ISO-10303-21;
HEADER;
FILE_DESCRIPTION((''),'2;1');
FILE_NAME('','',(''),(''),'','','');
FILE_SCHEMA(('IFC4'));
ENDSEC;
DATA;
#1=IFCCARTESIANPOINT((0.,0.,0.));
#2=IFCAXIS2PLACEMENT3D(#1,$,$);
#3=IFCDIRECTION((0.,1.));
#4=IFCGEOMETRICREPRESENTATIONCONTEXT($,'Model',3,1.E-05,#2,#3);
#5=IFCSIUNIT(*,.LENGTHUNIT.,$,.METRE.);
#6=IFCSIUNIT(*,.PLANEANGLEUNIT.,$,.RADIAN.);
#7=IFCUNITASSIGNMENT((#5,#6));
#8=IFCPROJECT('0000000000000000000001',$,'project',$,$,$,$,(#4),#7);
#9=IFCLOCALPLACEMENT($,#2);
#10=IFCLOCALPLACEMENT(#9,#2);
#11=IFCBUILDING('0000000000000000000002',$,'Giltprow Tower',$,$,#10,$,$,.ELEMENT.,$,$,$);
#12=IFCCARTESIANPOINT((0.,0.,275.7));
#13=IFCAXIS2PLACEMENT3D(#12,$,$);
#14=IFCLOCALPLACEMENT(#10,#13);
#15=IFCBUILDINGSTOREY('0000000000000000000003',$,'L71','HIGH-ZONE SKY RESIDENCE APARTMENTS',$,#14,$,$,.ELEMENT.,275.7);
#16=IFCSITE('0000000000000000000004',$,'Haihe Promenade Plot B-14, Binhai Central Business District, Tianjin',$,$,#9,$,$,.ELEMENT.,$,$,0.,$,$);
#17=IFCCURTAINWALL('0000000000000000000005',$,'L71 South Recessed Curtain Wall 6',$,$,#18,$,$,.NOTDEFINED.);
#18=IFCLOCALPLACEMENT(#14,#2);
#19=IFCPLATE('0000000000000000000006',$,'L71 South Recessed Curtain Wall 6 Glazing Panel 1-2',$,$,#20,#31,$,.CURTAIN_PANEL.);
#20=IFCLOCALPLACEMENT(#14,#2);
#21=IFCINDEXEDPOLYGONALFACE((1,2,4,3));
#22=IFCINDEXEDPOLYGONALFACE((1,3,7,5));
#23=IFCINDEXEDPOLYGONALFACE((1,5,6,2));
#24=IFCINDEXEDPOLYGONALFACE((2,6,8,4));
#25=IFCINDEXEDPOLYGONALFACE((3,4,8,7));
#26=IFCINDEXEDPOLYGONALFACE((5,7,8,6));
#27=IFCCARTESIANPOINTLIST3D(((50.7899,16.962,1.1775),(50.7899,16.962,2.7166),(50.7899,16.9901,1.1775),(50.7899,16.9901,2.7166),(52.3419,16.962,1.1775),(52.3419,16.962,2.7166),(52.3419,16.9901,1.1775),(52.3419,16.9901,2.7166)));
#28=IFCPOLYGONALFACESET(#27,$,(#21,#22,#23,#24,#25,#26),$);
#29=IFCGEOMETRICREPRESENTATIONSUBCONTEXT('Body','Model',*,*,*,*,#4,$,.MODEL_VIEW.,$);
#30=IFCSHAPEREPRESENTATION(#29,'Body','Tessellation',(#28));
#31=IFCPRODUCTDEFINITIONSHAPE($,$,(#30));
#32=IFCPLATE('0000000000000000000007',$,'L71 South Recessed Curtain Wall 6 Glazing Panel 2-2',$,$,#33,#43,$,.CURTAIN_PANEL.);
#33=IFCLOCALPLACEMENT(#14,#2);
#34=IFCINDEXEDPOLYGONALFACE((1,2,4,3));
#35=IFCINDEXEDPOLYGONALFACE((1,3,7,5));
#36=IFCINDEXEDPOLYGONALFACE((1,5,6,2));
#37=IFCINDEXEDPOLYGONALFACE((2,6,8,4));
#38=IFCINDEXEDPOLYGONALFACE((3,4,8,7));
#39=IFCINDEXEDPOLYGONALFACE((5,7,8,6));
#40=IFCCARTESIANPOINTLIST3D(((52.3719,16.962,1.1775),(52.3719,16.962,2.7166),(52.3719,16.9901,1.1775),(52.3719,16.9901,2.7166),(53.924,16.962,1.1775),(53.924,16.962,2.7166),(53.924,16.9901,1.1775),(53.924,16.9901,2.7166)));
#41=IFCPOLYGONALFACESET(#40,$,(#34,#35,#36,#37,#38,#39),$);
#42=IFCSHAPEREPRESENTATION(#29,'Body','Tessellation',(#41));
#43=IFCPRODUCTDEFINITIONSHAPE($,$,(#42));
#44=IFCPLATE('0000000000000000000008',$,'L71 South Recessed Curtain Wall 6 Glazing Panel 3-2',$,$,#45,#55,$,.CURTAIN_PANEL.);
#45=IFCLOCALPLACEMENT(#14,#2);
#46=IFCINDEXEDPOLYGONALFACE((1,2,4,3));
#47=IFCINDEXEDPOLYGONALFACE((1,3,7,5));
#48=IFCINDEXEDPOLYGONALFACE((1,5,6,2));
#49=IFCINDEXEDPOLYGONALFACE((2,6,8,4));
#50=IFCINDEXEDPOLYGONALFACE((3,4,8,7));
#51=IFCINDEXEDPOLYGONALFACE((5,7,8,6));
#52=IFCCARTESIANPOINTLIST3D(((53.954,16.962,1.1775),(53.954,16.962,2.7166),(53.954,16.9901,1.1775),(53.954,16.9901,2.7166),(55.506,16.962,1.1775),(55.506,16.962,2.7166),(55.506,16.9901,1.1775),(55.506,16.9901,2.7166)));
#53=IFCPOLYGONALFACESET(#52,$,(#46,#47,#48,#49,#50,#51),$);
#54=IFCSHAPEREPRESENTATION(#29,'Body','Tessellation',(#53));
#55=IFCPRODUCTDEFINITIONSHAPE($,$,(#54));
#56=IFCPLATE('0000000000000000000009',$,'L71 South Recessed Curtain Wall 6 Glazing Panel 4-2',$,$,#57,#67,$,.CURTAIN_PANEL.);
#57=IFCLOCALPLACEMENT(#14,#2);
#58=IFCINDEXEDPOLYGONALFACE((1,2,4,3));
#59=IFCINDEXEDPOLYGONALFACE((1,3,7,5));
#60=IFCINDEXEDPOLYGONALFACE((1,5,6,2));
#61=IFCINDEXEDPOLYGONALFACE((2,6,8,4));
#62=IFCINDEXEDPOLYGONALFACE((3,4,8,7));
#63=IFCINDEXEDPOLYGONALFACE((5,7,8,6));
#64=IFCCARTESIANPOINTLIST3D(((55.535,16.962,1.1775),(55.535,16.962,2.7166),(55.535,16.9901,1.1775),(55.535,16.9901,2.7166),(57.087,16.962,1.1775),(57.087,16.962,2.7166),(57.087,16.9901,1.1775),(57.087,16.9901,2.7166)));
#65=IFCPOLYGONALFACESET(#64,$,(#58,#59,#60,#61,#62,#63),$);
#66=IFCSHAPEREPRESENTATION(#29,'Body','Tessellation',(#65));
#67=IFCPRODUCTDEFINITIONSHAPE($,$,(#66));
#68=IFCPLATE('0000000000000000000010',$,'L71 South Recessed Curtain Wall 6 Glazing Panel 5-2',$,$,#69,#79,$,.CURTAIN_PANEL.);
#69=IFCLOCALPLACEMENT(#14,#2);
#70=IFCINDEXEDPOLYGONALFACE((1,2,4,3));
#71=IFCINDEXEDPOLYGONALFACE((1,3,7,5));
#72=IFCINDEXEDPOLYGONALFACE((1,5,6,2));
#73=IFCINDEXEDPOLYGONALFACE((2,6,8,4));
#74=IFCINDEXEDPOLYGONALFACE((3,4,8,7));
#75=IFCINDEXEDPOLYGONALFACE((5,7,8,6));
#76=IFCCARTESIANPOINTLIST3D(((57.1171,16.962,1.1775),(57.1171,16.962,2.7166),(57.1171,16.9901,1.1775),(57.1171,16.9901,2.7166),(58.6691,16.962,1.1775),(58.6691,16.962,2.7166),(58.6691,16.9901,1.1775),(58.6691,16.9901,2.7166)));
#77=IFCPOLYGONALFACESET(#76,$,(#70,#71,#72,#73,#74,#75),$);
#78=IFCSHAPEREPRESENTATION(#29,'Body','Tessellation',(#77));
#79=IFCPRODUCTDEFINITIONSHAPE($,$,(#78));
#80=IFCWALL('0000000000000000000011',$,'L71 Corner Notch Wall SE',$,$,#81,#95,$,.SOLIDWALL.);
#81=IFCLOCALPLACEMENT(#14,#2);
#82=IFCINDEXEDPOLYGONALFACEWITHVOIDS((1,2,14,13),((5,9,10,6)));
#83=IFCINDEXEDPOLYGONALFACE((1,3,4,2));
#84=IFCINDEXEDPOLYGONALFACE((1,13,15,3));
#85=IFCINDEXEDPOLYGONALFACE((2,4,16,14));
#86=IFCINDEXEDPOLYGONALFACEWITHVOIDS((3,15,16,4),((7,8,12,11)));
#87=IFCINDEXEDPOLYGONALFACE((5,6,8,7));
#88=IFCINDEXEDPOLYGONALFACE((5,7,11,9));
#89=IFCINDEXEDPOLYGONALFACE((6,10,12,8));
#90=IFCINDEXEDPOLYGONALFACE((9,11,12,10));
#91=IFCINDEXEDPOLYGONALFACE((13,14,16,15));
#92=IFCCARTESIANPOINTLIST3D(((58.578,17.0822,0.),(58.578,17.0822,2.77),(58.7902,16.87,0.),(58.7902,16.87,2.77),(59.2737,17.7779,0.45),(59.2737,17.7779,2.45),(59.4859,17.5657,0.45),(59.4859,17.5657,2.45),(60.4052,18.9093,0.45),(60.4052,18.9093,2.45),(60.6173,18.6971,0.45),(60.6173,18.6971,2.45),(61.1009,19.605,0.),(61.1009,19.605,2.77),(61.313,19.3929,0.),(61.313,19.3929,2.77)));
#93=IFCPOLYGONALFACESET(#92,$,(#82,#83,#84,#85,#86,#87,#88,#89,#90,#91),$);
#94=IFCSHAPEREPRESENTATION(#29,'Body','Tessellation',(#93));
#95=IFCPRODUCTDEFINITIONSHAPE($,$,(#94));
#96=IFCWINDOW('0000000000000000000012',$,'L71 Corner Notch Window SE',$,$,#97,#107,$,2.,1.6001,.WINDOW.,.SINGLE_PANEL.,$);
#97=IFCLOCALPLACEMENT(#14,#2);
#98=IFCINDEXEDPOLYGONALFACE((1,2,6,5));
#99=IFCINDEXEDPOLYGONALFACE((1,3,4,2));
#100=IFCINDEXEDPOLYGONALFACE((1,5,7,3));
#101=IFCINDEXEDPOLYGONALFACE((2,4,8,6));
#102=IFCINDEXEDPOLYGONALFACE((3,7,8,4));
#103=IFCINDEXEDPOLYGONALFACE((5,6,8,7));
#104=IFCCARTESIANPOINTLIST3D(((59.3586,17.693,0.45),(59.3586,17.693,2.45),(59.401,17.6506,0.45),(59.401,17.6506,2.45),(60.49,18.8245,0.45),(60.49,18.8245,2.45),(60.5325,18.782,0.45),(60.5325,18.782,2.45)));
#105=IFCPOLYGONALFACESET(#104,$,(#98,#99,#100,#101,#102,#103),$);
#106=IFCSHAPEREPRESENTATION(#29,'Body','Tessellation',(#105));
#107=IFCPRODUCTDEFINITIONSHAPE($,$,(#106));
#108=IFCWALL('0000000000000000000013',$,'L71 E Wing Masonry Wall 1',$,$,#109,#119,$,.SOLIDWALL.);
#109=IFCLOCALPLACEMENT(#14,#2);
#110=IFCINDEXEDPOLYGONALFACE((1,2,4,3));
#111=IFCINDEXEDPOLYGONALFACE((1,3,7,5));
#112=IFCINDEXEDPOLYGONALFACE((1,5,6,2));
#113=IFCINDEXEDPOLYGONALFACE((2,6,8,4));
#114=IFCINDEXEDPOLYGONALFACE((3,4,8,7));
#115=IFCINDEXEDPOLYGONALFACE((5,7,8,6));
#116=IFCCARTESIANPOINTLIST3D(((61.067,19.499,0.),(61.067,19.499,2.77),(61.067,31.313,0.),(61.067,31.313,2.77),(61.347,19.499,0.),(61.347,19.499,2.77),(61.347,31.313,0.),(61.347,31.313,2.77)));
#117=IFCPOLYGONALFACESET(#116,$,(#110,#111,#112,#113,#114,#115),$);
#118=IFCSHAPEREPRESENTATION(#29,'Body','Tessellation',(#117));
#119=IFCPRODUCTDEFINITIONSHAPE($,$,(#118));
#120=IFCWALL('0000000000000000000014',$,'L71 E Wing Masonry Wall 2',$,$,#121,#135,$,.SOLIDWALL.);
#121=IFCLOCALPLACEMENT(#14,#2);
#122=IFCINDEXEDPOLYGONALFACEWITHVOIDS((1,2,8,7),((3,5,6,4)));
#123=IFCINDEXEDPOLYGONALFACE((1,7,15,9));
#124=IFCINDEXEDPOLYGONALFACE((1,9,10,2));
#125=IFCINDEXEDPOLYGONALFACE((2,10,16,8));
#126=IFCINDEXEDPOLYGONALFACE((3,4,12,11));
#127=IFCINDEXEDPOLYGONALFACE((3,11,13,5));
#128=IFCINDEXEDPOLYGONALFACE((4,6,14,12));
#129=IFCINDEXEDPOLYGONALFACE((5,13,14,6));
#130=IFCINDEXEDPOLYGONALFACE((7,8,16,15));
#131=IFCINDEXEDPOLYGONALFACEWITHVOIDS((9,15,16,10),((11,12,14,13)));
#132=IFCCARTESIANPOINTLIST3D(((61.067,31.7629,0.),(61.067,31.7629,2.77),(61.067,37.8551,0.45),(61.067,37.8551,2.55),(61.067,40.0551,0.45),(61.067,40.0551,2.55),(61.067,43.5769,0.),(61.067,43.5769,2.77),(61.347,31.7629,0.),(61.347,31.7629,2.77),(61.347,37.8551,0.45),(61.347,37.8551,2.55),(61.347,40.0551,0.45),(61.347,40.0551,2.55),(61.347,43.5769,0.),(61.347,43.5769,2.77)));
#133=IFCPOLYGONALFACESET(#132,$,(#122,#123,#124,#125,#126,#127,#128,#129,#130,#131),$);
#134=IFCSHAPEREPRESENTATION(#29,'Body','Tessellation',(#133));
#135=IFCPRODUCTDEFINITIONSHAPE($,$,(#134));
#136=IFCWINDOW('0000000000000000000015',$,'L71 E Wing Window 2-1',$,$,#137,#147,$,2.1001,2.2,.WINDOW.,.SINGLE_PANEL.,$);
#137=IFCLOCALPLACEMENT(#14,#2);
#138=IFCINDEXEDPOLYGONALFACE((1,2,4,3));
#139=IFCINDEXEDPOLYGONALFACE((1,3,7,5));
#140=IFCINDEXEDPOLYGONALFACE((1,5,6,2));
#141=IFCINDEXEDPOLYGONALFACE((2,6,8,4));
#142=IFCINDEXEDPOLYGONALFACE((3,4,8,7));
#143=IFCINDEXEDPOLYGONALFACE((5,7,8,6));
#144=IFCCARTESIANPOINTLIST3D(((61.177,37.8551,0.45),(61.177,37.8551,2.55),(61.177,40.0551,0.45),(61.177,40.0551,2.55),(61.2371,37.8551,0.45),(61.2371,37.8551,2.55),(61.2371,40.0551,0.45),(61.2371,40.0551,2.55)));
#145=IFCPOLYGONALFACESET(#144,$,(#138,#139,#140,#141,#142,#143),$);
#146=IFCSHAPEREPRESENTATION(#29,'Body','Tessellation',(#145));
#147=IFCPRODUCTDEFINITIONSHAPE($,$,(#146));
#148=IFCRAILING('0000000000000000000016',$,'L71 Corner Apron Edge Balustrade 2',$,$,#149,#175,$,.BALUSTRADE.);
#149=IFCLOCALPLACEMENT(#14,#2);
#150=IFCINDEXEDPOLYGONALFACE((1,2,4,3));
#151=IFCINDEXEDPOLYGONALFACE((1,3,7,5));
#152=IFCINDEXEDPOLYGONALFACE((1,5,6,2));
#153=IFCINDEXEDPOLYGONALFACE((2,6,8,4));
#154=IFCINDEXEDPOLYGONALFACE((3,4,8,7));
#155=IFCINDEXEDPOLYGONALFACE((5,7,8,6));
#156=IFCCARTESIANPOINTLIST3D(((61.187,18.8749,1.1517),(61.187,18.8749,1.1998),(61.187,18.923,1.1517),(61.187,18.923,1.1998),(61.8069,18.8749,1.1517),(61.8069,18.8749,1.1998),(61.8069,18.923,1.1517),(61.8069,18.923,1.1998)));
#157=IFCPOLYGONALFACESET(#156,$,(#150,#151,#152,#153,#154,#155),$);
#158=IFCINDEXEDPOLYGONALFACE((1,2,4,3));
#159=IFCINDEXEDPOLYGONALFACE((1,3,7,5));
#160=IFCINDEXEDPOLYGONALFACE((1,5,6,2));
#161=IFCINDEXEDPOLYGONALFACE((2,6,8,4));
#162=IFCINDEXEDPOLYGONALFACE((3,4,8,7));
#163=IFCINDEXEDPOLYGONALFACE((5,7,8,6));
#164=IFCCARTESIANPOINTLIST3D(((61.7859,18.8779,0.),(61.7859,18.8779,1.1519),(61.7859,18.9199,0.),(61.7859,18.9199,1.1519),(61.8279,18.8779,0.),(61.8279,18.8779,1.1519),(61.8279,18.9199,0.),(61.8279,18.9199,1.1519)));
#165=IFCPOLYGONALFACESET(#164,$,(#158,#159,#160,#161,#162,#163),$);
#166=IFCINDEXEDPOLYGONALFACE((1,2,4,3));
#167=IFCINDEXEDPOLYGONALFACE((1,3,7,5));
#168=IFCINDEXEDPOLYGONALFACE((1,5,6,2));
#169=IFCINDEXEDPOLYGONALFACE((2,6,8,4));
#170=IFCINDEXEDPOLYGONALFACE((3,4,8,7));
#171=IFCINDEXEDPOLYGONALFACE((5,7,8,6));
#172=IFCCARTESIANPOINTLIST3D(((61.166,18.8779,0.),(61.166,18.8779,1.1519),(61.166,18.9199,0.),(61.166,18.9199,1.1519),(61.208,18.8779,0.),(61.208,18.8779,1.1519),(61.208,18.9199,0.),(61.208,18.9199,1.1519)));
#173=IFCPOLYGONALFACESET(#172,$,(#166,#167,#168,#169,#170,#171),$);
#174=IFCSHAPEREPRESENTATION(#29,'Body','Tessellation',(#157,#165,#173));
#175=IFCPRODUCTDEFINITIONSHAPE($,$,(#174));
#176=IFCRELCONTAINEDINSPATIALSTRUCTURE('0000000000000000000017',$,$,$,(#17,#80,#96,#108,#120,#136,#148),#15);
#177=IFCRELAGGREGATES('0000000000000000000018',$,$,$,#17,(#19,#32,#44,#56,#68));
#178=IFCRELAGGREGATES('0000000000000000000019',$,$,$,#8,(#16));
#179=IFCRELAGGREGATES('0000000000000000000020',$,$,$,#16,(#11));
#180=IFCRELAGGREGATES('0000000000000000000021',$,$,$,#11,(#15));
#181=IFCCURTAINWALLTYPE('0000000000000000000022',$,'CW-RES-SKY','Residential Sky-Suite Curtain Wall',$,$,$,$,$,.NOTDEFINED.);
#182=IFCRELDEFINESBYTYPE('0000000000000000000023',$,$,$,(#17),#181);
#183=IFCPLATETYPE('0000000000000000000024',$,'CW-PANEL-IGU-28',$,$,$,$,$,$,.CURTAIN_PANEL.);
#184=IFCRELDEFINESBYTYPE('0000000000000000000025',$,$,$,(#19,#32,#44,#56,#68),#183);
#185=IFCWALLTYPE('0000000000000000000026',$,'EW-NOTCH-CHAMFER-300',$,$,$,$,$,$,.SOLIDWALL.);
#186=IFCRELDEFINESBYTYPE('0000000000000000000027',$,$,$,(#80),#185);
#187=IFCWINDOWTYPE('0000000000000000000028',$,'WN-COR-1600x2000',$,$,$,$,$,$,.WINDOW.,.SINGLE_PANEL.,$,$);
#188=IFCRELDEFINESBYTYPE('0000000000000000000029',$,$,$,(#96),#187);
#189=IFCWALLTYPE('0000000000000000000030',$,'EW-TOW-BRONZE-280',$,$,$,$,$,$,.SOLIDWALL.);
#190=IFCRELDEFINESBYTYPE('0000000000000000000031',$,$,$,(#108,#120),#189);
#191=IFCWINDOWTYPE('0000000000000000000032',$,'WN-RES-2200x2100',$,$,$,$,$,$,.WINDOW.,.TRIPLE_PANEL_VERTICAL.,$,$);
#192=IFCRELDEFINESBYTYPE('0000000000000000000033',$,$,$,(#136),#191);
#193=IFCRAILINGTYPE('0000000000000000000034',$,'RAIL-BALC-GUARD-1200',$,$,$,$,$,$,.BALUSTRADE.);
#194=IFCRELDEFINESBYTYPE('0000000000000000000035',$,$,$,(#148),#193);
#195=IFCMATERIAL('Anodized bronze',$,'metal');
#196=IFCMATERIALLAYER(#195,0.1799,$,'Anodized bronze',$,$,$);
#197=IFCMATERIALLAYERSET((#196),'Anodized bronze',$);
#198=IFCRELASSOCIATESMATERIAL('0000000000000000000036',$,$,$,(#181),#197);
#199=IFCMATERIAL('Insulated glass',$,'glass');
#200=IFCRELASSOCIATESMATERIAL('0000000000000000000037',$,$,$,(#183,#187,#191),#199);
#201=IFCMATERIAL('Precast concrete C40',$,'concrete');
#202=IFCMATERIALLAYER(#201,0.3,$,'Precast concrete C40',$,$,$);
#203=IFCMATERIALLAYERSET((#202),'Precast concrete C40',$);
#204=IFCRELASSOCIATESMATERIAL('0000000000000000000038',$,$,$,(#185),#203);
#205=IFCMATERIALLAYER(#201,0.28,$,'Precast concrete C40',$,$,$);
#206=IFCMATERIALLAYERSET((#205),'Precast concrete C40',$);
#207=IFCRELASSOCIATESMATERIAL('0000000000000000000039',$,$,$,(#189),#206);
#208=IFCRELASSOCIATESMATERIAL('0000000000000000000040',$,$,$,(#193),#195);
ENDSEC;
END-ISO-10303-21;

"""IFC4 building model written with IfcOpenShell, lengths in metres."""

from ifc_helpers import new_model, si_unit, direction, frame, frame_2d, origin, origin_2d, place, context, subcontext, project, spatial, rectangle, extrude, source, transform, mapped, material, layer, layer_set, type_object, element, fill, aggregate, save


model = new_model("IFC4")

# Units and contexts
model_context = context("Model", 3, precision=1e-05, world=origin(), true_north=direction((0.0, 1.0)))
body_context = subcontext(model_context, "Body", "Model", "MODEL_VIEW")
ifc_project = project(units=[si_unit("LENGTHUNIT", "METRE"), si_unit("PLANEANGLEUNIT", "RADIAN")], contexts=[model_context])

# Site, building, storey
site_placement = place(None, origin())
site = spatial("IfcSite", under=ifc_project, at=site_placement, Name="Haihe Promenade Plot B-14, Binhai Central Business District, Tianjin", CompositionType="ELEMENT", RefElevation=0.0)
building_placement = place(site_placement, origin())
building = spatial("IfcBuilding", under=site, at=building_placement, Name="Giltprow Tower", CompositionType="ELEMENT")
storey_placement = place(building_placement, frame((0.0, 0.0, 275.7)))
storey = spatial("IfcBuildingStorey", under=building, at=storey_placement, Name="L71", Description="HIGH-ZONE SKY RESIDENCE APARTMENTS", CompositionType="ELEMENT", Elevation=275.7)

# Curtain wall
ifc_material_1 = material(Name="Anodized bronze", Category="metal")
ifc_layer_1 = layer(ifc_material_1, 0.1799, Name="Anodized bronze")
ifc_layer_set_1 = layer_set([ifc_layer_1], Name="Anodized bronze")
curtain_wall_type = type_object("IfcCurtainWallType", Name="CW-RES-SKY", Description="Residential Sky-Suite Curtain Wall", PredefinedType="NOTDEFINED", material=ifc_layer_set_1)
curtain_wall_placement = place(storey_placement, origin())
curtain_wall = element("IfcCurtainWall", 1, at=curtain_wall_placement, inside=storey, type_object=curtain_wall_type, Name="L71 South Recessed Curtain Wall 6", PredefinedType="NOTDEFINED")

# Plates
ifc_material_2 = material(Name="Insulated glass", Category="glass")
plate_type_1 = type_object("IfcPlateType", Name="CW-PANEL-IGU-28", PredefinedType="CURTAIN_PANEL", material=ifc_material_2)
shared_shape_1 = source(origin(), body_context, "Body", "SweptSolid", [
    extrude(rectangle(XDim=1.552, YDim=0.0281, at=origin_2d()), origin(), (0.0, 0.0, 1.0), 1.5391),
])
plate_1_placement = place(storey_placement, frame((51.5659, 16.9761, 1.1775), z_axis=(0.0, 0.0, 1.0), x_axis=(1.0, 0.0, 0.0)))
plate_1 = element("IfcPlate", 2, at=plate_1_placement, type_object=plate_type_1, Name="L71 South Recessed Curtain Wall 6 Glazing Panel 1-2", PredefinedType="CURTAIN_PANEL", context=body_context, shape_type="MappedRepresentation", body=[
    mapped(shared_shape_1, transform((0.0, 0.0, 0.0), x_axis=(1.0, 0.0, 0.0), y_axis=(0.0, 1.0, 0.0), z_axis=(0.0, 0.0, 1.0), scale=1.0)),
])
plate_2_placement = place(storey_placement, frame((53.1479, 16.9761, 1.1775), z_axis=(0.0, 0.0, 1.0), x_axis=(1.0, 0.0, 0.0)))
plate_2 = element("IfcPlate", 3, at=plate_2_placement, type_object=plate_type_1, Name="L71 South Recessed Curtain Wall 6 Glazing Panel 2-2", PredefinedType="CURTAIN_PANEL", context=body_context, shape_type="MappedRepresentation", body=[
    mapped(shared_shape_1, transform((0.0, 0.0, 0.0), x_axis=(1.0, 0.0, 0.0), y_axis=(0.0, 1.0, 0.0), z_axis=(0.0, 0.0, 1.0), scale=1.0)),
])
plate_3_placement = place(storey_placement, frame((54.73, 16.9761, 1.1775), z_axis=(0.0, 0.0, 1.0), x_axis=(1.0, 0.0, 0.0)))
plate_3 = element("IfcPlate", 4, at=plate_3_placement, type_object=plate_type_1, Name="L71 South Recessed Curtain Wall 6 Glazing Panel 3-2", PredefinedType="CURTAIN_PANEL", context=body_context, shape_type="MappedRepresentation", body=[
    mapped(shared_shape_1, transform((0.0, 0.0, 0.0), x_axis=(1.0, 0.0, 0.0), y_axis=(0.0, 1.0, 0.0), z_axis=(0.0, 0.0, 1.0), scale=1.0)),
])
plate_4_placement = place(storey_placement, frame((56.311, 16.9761, 1.1775), z_axis=(0.0, 0.0, 1.0), x_axis=(1.0, 0.0, 0.0)))
plate_4 = element("IfcPlate", 5, at=plate_4_placement, type_object=plate_type_1, Name="L71 South Recessed Curtain Wall 6 Glazing Panel 4-2", PredefinedType="CURTAIN_PANEL", context=body_context, shape_type="MappedRepresentation", body=[
    mapped(shared_shape_1, transform((0.0, 0.0, 0.0), x_axis=(1.0, 0.0, 0.0), y_axis=(0.0, 1.0, 0.0), z_axis=(0.0, 0.0, 1.0), scale=1.0)),
])
plate_5_placement = place(storey_placement, frame((57.8931, 16.9761, 1.1775), z_axis=(0.0, 0.0, 1.0), x_axis=(1.0, 0.0, 0.0)))
plate_5 = element("IfcPlate", 6, at=plate_5_placement, type_object=plate_type_1, Name="L71 South Recessed Curtain Wall 6 Glazing Panel 5-2", PredefinedType="CURTAIN_PANEL", context=body_context, shape_type="MappedRepresentation", body=[
    mapped(shared_shape_1, transform((0.0, 0.0, 0.0), x_axis=(1.0, 0.0, 0.0), y_axis=(0.0, 1.0, 0.0), z_axis=(0.0, 0.0, 1.0), scale=1.0)),
])
aggregate(curtain_wall, [plate_1, plate_2, plate_3, plate_4, plate_5])

# Wall, opening, window
ifc_material_3 = material(Name="Precast concrete C40", Category="concrete")
ifc_layer_2 = layer(ifc_material_3, 0.3, Name="Precast concrete C40")
ifc_layer_set_2 = layer_set([ifc_layer_2], Name="Precast concrete C40")
wall_type_1 = type_object("IfcWallType", Name="EW-NOTCH-CHAMFER-300", PredefinedType="SOLIDWALL", material=ifc_layer_set_2)
wall_1_placement = place(storey_placement, frame((58.6841, 16.9761, 0.0), z_axis=(0.0, 0.0, 1.0), x_axis=(0.707107, 0.707107, 0.0)))
wall_1 = element("IfcWall", 7, at=wall_1_placement, inside=storey, type_object=wall_type_1, Name="L71 Corner Notch Wall SE", PredefinedType="SOLIDWALL", context=body_context, shape_type="SweptSolid", body=[
    extrude(rectangle(XDim=3.5679, YDim=0.3, at=frame_2d((1.7839, 0.0))), origin(), (0.0, 0.0, 1.0), 2.77),
])
opening_1_placement = place(wall_1_placement, frame((0.9839, 0.0, 0.45)))
opening_1 = element("IfcOpeningElement", 8, at=opening_1_placement, cuts=wall_1, PredefinedType="OPENING", context=body_context, shape_type="SweptSolid", body=[
    extrude(rectangle(XDim=1.6001, YDim=2.0, at=frame_2d((0.8, 1.0))), frame((0.0, 0.1599, 0.0), z_axis=(0.0, -1.0, 0.0), x_axis=(1.0, 0.0, 0.0)), (0.0, 0.0, 1.0), 0.3201),
])
window_type_1 = type_object("IfcWindowType", Name="WN-COR-1600x2000", PartitioningType="SINGLE_PANEL", PredefinedType="WINDOW", material=ifc_material_2)
shared_shape_2 = source(origin(), body_context, "Body", "SweptSolid", [
    extrude(rectangle(XDim=1.6001, YDim=2.0, at=frame_2d((0.8, 1.0))), frame((0.0, 0.03, 0.0), z_axis=(0.0, -1.0, 0.0), x_axis=(1.0, 0.0, 0.0)), (0.0, 0.0, 1.0), 0.0601),
])
window_1_placement = place(opening_1_placement, origin())
window_1 = element("IfcWindow", 9, at=window_1_placement, inside=storey, type_object=window_type_1, Name="L71 Corner Notch Window SE", OverallHeight=2.0, OverallWidth=1.6001, PartitioningType="SINGLE_PANEL", PredefinedType="WINDOW", context=body_context, shape_type="MappedRepresentation", body=[
    mapped(shared_shape_2, transform((0.0, 0.0, 0.0), x_axis=(1.0, 0.0, 0.0), y_axis=(0.0, 1.0, 0.0), z_axis=(0.0, 0.0, 1.0), scale=1.0)),
])
fill(opening_1, window_1)

# Wall
ifc_layer_3 = layer(ifc_material_3, 0.28, Name="Precast concrete C40")
ifc_layer_set_3 = layer_set([ifc_layer_3], Name="Precast concrete C40")
wall_type_2 = type_object("IfcWallType", Name="EW-TOW-BRONZE-280", PredefinedType="SOLIDWALL", material=ifc_layer_set_3)
wall_2_placement = place(storey_placement, frame((61.207, 19.499, 0.0), z_axis=(0.0, 0.0, 1.0), x_axis=(0.0, 1.0, 0.0)))
element("IfcWall", 10, at=wall_2_placement, inside=storey, type_object=wall_type_2, Name="L71 E Wing Masonry Wall 1", PredefinedType="SOLIDWALL", context=body_context, shape_type="SweptSolid", body=[
    extrude(rectangle(XDim=11.814, YDim=0.28, at=frame_2d((5.907, 0.0))), origin(), (0.0, 0.0, 1.0), 2.77),
])

# Wall, opening, window
wall_3_placement = place(storey_placement, frame((61.207, 31.7629, 0.0), z_axis=(0.0, 0.0, 1.0), x_axis=(0.0, 1.0, 0.0)))
wall_3 = element("IfcWall", 11, at=wall_3_placement, inside=storey, type_object=wall_type_2, Name="L71 E Wing Masonry Wall 2", PredefinedType="SOLIDWALL", context=body_context, shape_type="SweptSolid", body=[
    extrude(rectangle(XDim=11.814, YDim=0.28, at=frame_2d((5.907, 0.0))), origin(), (0.0, 0.0, 1.0), 2.77),
])
opening_2_placement = place(wall_3_placement, frame((6.092, 0.0, 0.45)))
opening_2 = element("IfcOpeningElement", 12, at=opening_2_placement, cuts=wall_3, PredefinedType="OPENING", context=body_context, shape_type="SweptSolid", body=[
    extrude(rectangle(XDim=2.2, YDim=2.1001, at=frame_2d((1.1001, 1.05))), frame((0.0, 0.1499, 0.0), z_axis=(0.0, -1.0, 0.0), x_axis=(1.0, 0.0, 0.0)), (0.0, 0.0, 1.0), 0.3),
])
window_type_2 = type_object("IfcWindowType", Name="WN-RES-2200x2100", PartitioningType="TRIPLE_PANEL_VERTICAL", PredefinedType="WINDOW", material=ifc_material_2)
shared_shape_3 = source(origin(), body_context, "Body", "SweptSolid", [
    extrude(rectangle(XDim=2.2, YDim=2.1001, at=frame_2d((1.1001, 1.05))), frame((0.0, 0.03, 0.0), z_axis=(0.0, -1.0, 0.0), x_axis=(1.0, 0.0, 0.0)), (0.0, 0.0, 1.0), 0.0601),
])
window_2_placement = place(opening_2_placement, origin())
window_2 = element("IfcWindow", 13, at=window_2_placement, inside=storey, type_object=window_type_2, Name="L71 E Wing Window 2-1", OverallHeight=2.1001, OverallWidth=2.2, PartitioningType="SINGLE_PANEL", PredefinedType="WINDOW", context=body_context, shape_type="MappedRepresentation", body=[
    mapped(shared_shape_3, transform((0.0, 0.0, 0.0), x_axis=(1.0, 0.0, 0.0), y_axis=(0.0, 1.0, 0.0), z_axis=(0.0, 0.0, 1.0), scale=1.0)),
])
fill(opening_2, window_2)

# Railing
railing_type = type_object("IfcRailingType", Name="RAIL-BALC-GUARD-1200", PredefinedType="BALUSTRADE", material=ifc_material_1)
railing_1_placement = place(storey_placement, frame((61.8069, 18.8989, 0.0)))
element("IfcRailing", 14, at=railing_1_placement, inside=storey, type_object=railing_type, Name="L71 Corner Apron Edge Balustrade 2", PredefinedType="BALUSTRADE", context=body_context, shape_type="SweptSolid", body=[
    extrude(rectangle(XDim=0.0481, YDim=0.0481, at=origin_2d()), frame((0.0, 0.0, 1.1758), z_axis=(-1.0, 0.0, 0.0), x_axis=(0.0, -1.0, 0.0)), (0.0, 0.0, 1.0), 0.6199),
    extrude(rectangle(XDim=0.042, YDim=0.042, at=origin_2d()), origin(), (0.0, 0.0, 1.0), 1.1519),
    extrude(rectangle(XDim=0.042, YDim=0.042, at=origin_2d()), frame((-0.6199, 0.0, 0.0)), (0.0, 0.0, 1.0), 1.1519),
])

save(model, "model.ifc")
